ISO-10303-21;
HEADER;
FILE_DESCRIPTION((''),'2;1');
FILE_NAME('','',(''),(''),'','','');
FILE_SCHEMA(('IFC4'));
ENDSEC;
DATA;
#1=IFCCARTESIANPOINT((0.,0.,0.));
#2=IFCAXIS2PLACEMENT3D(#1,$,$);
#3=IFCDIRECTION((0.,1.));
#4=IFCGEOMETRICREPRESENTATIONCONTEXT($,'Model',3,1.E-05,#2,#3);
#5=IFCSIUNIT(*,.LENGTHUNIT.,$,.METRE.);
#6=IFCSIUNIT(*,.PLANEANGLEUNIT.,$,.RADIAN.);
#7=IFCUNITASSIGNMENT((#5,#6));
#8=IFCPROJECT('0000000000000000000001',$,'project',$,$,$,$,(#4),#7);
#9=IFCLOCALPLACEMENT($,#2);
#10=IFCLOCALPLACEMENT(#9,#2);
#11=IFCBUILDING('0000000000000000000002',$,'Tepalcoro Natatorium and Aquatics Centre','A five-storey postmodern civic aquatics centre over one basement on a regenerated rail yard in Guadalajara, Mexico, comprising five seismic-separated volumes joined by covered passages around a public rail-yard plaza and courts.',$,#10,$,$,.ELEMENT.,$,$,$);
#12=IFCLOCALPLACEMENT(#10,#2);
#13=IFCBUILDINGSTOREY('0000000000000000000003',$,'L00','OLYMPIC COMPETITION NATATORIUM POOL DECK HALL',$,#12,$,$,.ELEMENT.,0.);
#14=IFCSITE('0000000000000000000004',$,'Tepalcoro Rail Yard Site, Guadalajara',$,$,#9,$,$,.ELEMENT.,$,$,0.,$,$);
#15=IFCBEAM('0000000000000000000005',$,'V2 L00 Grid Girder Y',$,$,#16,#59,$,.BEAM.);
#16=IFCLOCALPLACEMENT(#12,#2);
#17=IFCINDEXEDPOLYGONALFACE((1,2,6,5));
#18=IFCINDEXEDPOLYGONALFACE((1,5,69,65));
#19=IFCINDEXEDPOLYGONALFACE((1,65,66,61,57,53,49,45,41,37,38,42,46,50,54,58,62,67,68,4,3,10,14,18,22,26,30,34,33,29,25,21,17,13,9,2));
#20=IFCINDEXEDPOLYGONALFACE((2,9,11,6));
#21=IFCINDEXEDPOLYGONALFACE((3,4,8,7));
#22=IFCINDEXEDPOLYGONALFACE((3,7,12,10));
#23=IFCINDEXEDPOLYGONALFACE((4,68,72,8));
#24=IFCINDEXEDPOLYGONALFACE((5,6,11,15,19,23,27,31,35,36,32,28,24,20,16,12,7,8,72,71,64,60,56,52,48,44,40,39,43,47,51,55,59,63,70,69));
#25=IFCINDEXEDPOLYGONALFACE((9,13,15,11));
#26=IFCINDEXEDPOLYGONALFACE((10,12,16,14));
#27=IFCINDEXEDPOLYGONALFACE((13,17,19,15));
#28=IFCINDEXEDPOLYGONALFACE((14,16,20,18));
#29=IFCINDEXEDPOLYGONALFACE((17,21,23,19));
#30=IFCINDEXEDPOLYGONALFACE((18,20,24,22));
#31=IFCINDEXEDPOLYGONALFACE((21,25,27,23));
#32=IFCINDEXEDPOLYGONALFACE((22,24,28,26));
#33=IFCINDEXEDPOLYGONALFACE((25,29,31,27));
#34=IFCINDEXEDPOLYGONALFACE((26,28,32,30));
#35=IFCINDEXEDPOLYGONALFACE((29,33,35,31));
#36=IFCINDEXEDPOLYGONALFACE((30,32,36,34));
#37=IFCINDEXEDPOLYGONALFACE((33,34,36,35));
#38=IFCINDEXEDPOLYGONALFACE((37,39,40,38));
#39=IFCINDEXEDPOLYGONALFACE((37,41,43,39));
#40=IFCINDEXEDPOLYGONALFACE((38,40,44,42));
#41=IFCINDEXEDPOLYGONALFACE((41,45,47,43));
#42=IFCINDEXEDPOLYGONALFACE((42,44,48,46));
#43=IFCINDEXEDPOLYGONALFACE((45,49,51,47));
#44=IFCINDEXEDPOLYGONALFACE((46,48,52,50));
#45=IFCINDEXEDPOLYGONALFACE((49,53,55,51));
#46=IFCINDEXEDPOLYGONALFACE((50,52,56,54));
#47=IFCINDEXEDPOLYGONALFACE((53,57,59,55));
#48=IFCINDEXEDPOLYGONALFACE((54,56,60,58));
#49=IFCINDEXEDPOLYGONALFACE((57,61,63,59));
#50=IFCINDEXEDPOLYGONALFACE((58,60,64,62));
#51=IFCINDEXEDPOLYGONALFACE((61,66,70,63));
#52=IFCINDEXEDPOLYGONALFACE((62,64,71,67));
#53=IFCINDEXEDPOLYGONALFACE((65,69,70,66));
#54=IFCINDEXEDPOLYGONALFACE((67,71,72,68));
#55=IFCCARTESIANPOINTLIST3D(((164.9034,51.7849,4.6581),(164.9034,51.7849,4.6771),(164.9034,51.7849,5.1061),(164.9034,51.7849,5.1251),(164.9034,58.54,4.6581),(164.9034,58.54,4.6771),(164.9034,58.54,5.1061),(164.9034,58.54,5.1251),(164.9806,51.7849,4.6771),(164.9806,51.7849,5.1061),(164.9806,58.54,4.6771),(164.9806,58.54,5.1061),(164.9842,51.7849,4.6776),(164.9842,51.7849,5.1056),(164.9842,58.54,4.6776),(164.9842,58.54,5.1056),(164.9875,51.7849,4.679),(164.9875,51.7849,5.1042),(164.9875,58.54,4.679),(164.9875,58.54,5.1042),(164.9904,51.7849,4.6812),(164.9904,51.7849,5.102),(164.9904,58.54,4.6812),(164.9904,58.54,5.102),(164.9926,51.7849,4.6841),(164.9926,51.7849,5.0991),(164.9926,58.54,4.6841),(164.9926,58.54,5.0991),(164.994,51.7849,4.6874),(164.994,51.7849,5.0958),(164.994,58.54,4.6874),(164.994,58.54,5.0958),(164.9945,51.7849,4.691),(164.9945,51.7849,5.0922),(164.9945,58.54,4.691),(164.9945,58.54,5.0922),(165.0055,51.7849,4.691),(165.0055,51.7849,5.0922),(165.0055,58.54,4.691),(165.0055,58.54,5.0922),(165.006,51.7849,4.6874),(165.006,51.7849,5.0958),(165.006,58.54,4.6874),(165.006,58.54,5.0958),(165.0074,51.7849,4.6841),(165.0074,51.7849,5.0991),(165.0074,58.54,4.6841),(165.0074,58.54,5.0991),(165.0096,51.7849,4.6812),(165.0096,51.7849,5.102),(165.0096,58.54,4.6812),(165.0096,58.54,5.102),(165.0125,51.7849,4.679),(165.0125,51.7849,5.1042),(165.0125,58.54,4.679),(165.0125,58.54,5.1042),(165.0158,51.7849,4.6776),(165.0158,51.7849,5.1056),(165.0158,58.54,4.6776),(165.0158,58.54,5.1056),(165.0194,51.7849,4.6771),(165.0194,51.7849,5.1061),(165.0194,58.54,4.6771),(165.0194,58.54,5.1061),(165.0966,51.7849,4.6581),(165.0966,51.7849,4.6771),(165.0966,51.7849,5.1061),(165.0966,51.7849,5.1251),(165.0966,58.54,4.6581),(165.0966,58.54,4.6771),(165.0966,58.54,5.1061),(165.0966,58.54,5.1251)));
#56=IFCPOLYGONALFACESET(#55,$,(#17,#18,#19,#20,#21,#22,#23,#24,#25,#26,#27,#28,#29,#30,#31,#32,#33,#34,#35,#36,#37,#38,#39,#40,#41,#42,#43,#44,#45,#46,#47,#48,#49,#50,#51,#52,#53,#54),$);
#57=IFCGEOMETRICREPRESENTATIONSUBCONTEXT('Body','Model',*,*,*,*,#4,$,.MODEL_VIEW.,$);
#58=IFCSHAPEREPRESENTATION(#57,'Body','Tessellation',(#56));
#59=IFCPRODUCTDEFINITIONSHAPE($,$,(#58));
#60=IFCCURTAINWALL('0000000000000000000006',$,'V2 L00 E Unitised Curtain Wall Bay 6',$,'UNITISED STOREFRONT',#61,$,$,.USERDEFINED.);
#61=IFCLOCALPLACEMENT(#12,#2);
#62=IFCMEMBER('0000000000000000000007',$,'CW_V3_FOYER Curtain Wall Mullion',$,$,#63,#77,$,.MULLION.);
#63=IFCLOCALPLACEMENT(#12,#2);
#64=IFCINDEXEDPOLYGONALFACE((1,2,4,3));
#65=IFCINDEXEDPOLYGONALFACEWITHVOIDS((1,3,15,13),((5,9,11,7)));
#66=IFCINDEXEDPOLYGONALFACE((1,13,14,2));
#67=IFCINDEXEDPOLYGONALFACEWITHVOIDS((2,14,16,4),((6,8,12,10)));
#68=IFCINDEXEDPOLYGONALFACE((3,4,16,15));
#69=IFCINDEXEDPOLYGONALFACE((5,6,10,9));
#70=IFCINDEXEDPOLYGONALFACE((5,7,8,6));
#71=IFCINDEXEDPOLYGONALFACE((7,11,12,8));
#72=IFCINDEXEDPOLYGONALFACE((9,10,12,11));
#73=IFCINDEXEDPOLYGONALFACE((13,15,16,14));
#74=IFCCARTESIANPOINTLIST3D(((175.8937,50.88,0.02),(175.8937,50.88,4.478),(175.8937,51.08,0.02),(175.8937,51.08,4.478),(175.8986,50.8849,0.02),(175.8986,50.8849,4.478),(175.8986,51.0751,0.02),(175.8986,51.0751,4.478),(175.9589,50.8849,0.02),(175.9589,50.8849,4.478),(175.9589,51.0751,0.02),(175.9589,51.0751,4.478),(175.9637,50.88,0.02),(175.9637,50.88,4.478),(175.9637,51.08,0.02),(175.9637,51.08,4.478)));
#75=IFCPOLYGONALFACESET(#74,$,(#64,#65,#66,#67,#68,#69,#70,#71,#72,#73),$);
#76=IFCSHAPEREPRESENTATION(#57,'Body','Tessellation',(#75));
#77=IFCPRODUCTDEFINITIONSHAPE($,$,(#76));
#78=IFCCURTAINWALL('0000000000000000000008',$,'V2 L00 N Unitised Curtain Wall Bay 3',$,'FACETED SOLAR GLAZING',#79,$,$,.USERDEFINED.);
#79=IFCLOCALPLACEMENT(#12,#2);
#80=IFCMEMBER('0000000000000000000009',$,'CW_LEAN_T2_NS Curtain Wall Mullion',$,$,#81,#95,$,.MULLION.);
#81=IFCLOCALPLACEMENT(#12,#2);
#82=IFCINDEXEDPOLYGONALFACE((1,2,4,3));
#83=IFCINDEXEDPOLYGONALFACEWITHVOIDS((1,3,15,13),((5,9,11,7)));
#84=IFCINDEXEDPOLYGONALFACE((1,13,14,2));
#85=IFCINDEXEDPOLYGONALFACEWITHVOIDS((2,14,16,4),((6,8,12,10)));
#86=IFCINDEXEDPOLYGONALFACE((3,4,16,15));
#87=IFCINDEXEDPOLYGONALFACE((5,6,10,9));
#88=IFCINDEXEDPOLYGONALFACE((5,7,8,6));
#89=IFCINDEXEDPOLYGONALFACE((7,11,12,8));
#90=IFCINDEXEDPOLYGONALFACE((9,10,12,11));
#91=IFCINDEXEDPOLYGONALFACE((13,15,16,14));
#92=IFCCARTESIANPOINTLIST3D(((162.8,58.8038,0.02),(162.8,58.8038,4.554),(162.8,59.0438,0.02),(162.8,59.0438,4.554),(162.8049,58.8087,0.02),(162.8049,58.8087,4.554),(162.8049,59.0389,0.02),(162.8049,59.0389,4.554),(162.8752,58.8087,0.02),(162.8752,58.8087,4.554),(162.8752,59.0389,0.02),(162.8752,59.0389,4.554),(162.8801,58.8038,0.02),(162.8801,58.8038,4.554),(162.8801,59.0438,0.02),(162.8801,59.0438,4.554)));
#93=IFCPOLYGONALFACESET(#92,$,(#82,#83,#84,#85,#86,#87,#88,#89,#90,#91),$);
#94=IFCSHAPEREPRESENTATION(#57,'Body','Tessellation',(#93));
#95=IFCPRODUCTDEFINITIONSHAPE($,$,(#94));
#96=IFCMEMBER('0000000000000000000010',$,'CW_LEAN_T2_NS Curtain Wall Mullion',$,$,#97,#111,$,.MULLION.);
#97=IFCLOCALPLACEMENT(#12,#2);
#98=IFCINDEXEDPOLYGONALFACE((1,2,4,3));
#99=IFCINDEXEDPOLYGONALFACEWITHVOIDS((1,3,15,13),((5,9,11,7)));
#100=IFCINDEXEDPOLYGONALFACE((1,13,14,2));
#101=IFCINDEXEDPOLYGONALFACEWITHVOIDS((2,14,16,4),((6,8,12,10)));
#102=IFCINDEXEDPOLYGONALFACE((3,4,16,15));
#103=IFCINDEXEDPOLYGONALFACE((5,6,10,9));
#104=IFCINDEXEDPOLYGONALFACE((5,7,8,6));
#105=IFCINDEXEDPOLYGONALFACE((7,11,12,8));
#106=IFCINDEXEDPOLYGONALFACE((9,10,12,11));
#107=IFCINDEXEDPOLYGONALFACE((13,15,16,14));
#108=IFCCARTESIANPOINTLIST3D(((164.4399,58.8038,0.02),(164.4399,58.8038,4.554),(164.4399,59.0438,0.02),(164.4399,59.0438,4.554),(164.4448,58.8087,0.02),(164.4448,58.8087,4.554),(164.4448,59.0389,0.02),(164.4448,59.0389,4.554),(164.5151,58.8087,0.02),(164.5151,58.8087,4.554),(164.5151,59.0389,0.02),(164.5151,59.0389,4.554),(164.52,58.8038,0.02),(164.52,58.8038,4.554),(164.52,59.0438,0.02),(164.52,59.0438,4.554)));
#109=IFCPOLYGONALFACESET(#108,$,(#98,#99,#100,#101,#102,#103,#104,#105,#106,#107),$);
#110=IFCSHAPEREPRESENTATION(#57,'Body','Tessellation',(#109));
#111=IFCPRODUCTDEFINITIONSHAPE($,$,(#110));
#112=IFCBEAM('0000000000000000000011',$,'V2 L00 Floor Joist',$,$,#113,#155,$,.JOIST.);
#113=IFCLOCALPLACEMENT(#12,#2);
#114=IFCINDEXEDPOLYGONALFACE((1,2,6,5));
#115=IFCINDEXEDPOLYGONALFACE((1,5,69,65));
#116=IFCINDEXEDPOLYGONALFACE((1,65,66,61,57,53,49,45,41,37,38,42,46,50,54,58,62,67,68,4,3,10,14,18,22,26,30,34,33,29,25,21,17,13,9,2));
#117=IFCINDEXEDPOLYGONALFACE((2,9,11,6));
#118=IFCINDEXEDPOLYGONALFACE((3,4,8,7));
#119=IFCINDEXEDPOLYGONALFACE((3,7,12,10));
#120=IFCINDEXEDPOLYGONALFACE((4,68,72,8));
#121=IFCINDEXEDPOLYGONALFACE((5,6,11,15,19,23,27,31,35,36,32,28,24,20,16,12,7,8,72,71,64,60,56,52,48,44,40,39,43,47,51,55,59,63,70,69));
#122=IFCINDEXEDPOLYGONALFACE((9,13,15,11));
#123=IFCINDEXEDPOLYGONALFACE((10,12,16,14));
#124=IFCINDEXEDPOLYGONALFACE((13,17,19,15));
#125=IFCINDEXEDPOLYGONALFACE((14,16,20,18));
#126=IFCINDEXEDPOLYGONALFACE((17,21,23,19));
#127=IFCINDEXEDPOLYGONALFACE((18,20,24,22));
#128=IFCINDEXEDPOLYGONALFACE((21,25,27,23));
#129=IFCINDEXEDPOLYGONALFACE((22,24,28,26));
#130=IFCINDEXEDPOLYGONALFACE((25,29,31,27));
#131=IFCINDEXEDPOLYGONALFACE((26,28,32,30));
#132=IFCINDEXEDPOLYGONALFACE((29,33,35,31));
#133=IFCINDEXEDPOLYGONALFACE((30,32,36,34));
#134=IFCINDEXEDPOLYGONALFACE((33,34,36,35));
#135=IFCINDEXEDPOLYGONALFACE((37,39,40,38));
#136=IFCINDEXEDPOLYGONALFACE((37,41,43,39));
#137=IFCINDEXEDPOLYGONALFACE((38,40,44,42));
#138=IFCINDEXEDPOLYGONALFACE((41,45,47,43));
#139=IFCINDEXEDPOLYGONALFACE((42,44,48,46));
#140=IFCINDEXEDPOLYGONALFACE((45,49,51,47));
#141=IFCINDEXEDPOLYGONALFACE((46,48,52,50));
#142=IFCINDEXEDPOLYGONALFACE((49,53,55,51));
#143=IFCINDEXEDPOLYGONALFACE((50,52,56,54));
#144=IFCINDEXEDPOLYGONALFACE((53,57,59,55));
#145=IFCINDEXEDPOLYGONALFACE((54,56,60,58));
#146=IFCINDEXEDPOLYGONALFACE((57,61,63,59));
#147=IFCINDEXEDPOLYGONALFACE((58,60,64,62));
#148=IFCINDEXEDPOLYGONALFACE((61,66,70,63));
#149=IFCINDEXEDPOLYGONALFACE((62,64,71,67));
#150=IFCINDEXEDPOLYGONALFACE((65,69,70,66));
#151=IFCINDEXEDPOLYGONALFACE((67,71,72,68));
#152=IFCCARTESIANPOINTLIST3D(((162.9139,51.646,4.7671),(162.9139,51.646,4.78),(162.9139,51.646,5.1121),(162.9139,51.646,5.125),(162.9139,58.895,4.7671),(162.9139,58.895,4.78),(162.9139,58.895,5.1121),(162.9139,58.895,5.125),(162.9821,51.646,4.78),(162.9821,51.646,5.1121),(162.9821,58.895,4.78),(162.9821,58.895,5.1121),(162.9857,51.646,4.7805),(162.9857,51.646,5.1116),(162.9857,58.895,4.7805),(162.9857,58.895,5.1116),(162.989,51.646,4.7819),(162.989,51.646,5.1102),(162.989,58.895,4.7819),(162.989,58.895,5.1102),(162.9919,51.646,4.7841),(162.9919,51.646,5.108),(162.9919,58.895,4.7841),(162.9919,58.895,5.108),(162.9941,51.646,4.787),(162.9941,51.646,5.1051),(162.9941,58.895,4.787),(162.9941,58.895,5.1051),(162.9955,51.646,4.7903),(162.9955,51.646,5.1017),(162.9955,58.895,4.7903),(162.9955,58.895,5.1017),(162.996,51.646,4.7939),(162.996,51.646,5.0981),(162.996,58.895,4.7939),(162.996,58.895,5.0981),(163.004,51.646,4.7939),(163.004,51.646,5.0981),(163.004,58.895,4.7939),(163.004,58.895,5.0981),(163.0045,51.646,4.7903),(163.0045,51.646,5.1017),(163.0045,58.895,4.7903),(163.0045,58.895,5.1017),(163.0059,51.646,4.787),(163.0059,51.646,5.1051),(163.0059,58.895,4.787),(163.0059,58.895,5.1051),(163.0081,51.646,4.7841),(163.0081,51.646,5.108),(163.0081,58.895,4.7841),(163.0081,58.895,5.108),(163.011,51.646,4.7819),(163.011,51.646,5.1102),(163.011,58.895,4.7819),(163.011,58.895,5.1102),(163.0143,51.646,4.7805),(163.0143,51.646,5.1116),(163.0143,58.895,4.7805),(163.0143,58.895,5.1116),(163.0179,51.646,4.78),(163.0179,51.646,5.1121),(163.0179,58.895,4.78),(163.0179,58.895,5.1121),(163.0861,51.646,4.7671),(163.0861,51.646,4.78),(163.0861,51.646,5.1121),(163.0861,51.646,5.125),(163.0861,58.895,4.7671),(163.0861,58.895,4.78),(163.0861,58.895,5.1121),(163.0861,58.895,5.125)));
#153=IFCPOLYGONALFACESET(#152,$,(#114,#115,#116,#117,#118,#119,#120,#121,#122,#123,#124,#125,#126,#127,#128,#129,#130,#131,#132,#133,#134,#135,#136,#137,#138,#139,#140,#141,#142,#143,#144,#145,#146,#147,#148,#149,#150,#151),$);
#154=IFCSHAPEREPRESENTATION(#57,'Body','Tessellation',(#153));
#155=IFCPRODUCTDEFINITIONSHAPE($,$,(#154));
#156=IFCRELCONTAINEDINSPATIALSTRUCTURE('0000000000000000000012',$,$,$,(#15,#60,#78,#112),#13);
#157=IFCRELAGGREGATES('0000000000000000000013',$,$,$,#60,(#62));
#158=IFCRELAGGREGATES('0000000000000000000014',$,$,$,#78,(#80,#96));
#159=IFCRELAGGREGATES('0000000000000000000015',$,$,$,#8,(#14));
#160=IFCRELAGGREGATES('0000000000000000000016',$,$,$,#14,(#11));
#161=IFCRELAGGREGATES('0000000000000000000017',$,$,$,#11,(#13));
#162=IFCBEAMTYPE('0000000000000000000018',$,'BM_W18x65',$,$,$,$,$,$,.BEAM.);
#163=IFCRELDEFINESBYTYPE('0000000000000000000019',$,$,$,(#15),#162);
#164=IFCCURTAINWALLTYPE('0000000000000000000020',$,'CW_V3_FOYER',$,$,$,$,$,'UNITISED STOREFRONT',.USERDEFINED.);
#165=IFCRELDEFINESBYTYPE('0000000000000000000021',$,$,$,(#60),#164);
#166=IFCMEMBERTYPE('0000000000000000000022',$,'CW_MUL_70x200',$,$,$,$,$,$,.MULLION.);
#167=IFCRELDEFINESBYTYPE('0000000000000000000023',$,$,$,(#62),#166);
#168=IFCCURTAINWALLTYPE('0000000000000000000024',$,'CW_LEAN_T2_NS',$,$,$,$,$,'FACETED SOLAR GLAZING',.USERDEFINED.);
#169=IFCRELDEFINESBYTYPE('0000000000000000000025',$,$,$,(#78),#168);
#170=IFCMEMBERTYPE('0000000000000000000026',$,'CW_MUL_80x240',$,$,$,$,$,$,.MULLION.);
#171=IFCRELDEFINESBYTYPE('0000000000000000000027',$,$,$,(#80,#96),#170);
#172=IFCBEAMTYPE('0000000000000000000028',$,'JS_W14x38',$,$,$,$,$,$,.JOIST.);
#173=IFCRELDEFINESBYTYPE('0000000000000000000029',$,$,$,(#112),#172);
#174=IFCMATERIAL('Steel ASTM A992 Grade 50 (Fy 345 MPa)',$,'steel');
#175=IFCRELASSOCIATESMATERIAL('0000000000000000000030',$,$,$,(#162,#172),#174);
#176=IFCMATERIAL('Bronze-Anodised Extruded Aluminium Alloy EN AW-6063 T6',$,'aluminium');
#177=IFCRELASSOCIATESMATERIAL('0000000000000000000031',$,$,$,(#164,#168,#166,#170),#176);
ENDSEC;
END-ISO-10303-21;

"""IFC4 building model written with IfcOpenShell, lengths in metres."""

from ifc_helpers import new_model, si_unit, direction, frame, origin, origin_2d, place, context, subcontext, project, spatial, hollow_rectangle, i_section, extrude, material, material_profile, profile_set, type_object, element, aggregate, save


model = new_model("IFC4")

# Units and contexts
model_context = context("Model", 3, precision=1e-05, world=origin(), true_north=direction((0.0, 1.0)))
body_context = subcontext(model_context, "Body", "Model", "MODEL_VIEW")
ifc_project = project(units=[si_unit("LENGTHUNIT", "METRE"), si_unit("PLANEANGLEUNIT", "RADIAN")], contexts=[model_context])

# Site, building, storey
site_placement = place(None, origin())
site = spatial("IfcSite", under=ifc_project, at=site_placement, Name="Tepalcoro Rail Yard Site, Guadalajara", CompositionType="ELEMENT", RefElevation=0.0)
building_placement = place(site_placement, origin())
building = spatial("IfcBuilding", under=site, at=building_placement, Name="Tepalcoro Natatorium and Aquatics Centre", Description="A five-storey postmodern civic aquatics centre over one basement on a regenerated rail yard in Guadalajara, Mexico, comprising five seismic-separated volumes joined by covered passages around a public rail-yard plaza and courts.", CompositionType="ELEMENT")
storey_placement = place(building_placement, origin())
storey = spatial("IfcBuildingStorey", under=building, at=storey_placement, Name="L00", Description="OLYMPIC COMPETITION NATATORIUM POOL DECK HALL", CompositionType="ELEMENT", Elevation=0.0)

# Beam
ifc_material_1 = material(Name="Steel ASTM A992 Grade 50 (Fy 345 MPa)", Category="steel")
ifc_material_profile_1 = material_profile(ifc_material_1, i_section(OverallWidth=0.1931, OverallDepth=0.467, WebThickness=0.011, FlangeThickness=0.019, FilletRadius=0.0139, at=origin_2d()), Name="W18X65")
ifc_profile_set_1 = profile_set([ifc_material_profile_1], Name="Steel ASTM A992 Grade 50 (Fy 345 MPa)")
beam_type_1 = type_object("IfcBeamType", Name="BM_W18x65", PredefinedType="BEAM", material=ifc_profile_set_1)
beam_1_placement = place(storey_placement, frame((165.0, 51.7849, 4.8916), z_axis=(0.0, 1.0, 0.0), x_axis=(-1.0, 0.0, 0.0)))
element("IfcBeam", 1, at=beam_1_placement, inside=storey, type_object=beam_type_1, Name="V2 L00 Grid Girder Y", PredefinedType="BEAM", context=body_context, shape_type="SweptSolid", body=[
    extrude(i_section(OverallWidth=0.1931, OverallDepth=0.467, WebThickness=0.011, FlangeThickness=0.019, FilletRadius=0.0139, at=origin_2d()), origin(), (0.0, 0.0, 1.0), 6.7551),
])

# Curtain wall, member
ifc_material_2 = material(Name="Bronze-Anodised Extruded Aluminium Alloy EN AW-6063 T6", Category="aluminium")
curtain_wall_type_1 = type_object("IfcCurtainWallType", Name="CW_V3_FOYER", ElementType="UNITISED STOREFRONT", PredefinedType="USERDEFINED", material=ifc_material_2)
curtain_wall_1_placement = place(storey_placement, origin())
curtain_wall_1 = element("IfcCurtainWall", 2, at=curtain_wall_1_placement, inside=storey, type_object=curtain_wall_type_1, Name="V2 L00 E Unitised Curtain Wall Bay 6", ObjectType="UNITISED STOREFRONT", PredefinedType="USERDEFINED")
ifc_material_profile_2 = material_profile(ifc_material_2, hollow_rectangle(XDim=0.0701, YDim=0.2, WallThickness=0.0049, at=origin_2d()), Name="AL70X200X5")
ifc_profile_set_2 = profile_set([ifc_material_profile_2], Name="Bronze-Anodised Extruded Aluminium Alloy EN AW-6063 T6")
member_type_1 = type_object("IfcMemberType", Name="CW_MUL_70x200", PredefinedType="MULLION", material=ifc_profile_set_2)
member_1_placement = place(storey_placement, frame((175.9287, 50.98, 0.02), z_axis=(0.0, 0.0, 1.0), x_axis=(1.0, 0.0, 0.0)))
member_1 = element("IfcMember", 3, at=member_1_placement, type_object=member_type_1, Name="CW_V3_FOYER Curtain Wall Mullion", PredefinedType="MULLION", context=body_context, shape_type="SweptSolid", body=[
    extrude(hollow_rectangle(XDim=0.0701, YDim=0.2, WallThickness=0.0049, at=origin_2d()), origin(), (0.0, 0.0, 1.0), 4.458),
])

# Curtain wall, members
curtain_wall_type_2 = type_object("IfcCurtainWallType", Name="CW_LEAN_T2_NS", ElementType="FACETED SOLAR GLAZING", PredefinedType="USERDEFINED", material=ifc_material_2)
curtain_wall_2_placement = place(storey_placement, origin())
curtain_wall_2 = element("IfcCurtainWall", 4, at=curtain_wall_2_placement, inside=storey, type_object=curtain_wall_type_2, Name="V2 L00 N Unitised Curtain Wall Bay 3", ObjectType="FACETED SOLAR GLAZING", PredefinedType="USERDEFINED")
ifc_material_profile_3 = material_profile(ifc_material_2, hollow_rectangle(XDim=0.0801, YDim=0.24, WallThickness=0.0049, at=origin_2d()), Name="AL80X240X5")
ifc_profile_set_3 = profile_set([ifc_material_profile_3], Name="Bronze-Anodised Extruded Aluminium Alloy EN AW-6063 T6")
member_type_2 = type_object("IfcMemberType", Name="CW_MUL_80x240", PredefinedType="MULLION", material=ifc_profile_set_3)
member_2_placement = place(storey_placement, frame((162.8401, 58.9238, 0.02), z_axis=(0.0, 0.0, 1.0), x_axis=(1.0, 0.0, 0.0)))
member_2 = element("IfcMember", 5, at=member_2_placement, type_object=member_type_2, Name="CW_LEAN_T2_NS Curtain Wall Mullion", PredefinedType="MULLION", context=body_context, shape_type="SweptSolid", body=[
    extrude(hollow_rectangle(XDim=0.0801, YDim=0.24, WallThickness=0.0049, at=origin_2d()), origin(), (0.0, 0.0, 1.0), 4.5339),
])
member_3_placement = place(storey_placement, frame((164.48, 58.9238, 0.02), z_axis=(0.0, 0.0, 1.0), x_axis=(1.0, 0.0, 0.0)))
member_3 = element("IfcMember", 6, at=member_3_placement, type_object=member_type_2, Name="CW_LEAN_T2_NS Curtain Wall Mullion", PredefinedType="MULLION", context=body_context, shape_type="SweptSolid", body=[
    extrude(hollow_rectangle(XDim=0.0801, YDim=0.24, WallThickness=0.0049, at=origin_2d()), origin(), (0.0, 0.0, 1.0), 4.5339),
])

# Beam
ifc_material_profile_4 = material_profile(ifc_material_1, i_section(OverallWidth=0.1721, OverallDepth=0.3579, WebThickness=0.0081, FlangeThickness=0.0129, FilletRadius=0.0139, at=origin_2d()), Name="W14X38")
ifc_profile_set_4 = profile_set([ifc_material_profile_4], Name="Steel ASTM A992 Grade 50 (Fy 345 MPa)")
beam_type_2 = type_object("IfcBeamType", Name="JS_W14x38", PredefinedType="JOIST", material=ifc_profile_set_4)
beam_2_placement = place(storey_placement, frame((163.0, 51.646, 4.946), z_axis=(0.0, 1.0, 0.0), x_axis=(-1.0, 0.0, 0.0)))
element("IfcBeam", 7, at=beam_2_placement, inside=storey, type_object=beam_type_2, Name="V2 L00 Floor Joist", PredefinedType="JOIST", context=body_context, shape_type="SweptSolid", body=[
    extrude(i_section(OverallWidth=0.1721, OverallDepth=0.3579, WebThickness=0.0081, FlangeThickness=0.0129, FilletRadius=0.0139, at=origin_2d()), origin(), (0.0, 0.0, 1.0), 7.249),
])

aggregate(curtain_wall_1, [member_1])
aggregate(curtain_wall_2, [member_2, member_3])

save(model, "model.ifc")
